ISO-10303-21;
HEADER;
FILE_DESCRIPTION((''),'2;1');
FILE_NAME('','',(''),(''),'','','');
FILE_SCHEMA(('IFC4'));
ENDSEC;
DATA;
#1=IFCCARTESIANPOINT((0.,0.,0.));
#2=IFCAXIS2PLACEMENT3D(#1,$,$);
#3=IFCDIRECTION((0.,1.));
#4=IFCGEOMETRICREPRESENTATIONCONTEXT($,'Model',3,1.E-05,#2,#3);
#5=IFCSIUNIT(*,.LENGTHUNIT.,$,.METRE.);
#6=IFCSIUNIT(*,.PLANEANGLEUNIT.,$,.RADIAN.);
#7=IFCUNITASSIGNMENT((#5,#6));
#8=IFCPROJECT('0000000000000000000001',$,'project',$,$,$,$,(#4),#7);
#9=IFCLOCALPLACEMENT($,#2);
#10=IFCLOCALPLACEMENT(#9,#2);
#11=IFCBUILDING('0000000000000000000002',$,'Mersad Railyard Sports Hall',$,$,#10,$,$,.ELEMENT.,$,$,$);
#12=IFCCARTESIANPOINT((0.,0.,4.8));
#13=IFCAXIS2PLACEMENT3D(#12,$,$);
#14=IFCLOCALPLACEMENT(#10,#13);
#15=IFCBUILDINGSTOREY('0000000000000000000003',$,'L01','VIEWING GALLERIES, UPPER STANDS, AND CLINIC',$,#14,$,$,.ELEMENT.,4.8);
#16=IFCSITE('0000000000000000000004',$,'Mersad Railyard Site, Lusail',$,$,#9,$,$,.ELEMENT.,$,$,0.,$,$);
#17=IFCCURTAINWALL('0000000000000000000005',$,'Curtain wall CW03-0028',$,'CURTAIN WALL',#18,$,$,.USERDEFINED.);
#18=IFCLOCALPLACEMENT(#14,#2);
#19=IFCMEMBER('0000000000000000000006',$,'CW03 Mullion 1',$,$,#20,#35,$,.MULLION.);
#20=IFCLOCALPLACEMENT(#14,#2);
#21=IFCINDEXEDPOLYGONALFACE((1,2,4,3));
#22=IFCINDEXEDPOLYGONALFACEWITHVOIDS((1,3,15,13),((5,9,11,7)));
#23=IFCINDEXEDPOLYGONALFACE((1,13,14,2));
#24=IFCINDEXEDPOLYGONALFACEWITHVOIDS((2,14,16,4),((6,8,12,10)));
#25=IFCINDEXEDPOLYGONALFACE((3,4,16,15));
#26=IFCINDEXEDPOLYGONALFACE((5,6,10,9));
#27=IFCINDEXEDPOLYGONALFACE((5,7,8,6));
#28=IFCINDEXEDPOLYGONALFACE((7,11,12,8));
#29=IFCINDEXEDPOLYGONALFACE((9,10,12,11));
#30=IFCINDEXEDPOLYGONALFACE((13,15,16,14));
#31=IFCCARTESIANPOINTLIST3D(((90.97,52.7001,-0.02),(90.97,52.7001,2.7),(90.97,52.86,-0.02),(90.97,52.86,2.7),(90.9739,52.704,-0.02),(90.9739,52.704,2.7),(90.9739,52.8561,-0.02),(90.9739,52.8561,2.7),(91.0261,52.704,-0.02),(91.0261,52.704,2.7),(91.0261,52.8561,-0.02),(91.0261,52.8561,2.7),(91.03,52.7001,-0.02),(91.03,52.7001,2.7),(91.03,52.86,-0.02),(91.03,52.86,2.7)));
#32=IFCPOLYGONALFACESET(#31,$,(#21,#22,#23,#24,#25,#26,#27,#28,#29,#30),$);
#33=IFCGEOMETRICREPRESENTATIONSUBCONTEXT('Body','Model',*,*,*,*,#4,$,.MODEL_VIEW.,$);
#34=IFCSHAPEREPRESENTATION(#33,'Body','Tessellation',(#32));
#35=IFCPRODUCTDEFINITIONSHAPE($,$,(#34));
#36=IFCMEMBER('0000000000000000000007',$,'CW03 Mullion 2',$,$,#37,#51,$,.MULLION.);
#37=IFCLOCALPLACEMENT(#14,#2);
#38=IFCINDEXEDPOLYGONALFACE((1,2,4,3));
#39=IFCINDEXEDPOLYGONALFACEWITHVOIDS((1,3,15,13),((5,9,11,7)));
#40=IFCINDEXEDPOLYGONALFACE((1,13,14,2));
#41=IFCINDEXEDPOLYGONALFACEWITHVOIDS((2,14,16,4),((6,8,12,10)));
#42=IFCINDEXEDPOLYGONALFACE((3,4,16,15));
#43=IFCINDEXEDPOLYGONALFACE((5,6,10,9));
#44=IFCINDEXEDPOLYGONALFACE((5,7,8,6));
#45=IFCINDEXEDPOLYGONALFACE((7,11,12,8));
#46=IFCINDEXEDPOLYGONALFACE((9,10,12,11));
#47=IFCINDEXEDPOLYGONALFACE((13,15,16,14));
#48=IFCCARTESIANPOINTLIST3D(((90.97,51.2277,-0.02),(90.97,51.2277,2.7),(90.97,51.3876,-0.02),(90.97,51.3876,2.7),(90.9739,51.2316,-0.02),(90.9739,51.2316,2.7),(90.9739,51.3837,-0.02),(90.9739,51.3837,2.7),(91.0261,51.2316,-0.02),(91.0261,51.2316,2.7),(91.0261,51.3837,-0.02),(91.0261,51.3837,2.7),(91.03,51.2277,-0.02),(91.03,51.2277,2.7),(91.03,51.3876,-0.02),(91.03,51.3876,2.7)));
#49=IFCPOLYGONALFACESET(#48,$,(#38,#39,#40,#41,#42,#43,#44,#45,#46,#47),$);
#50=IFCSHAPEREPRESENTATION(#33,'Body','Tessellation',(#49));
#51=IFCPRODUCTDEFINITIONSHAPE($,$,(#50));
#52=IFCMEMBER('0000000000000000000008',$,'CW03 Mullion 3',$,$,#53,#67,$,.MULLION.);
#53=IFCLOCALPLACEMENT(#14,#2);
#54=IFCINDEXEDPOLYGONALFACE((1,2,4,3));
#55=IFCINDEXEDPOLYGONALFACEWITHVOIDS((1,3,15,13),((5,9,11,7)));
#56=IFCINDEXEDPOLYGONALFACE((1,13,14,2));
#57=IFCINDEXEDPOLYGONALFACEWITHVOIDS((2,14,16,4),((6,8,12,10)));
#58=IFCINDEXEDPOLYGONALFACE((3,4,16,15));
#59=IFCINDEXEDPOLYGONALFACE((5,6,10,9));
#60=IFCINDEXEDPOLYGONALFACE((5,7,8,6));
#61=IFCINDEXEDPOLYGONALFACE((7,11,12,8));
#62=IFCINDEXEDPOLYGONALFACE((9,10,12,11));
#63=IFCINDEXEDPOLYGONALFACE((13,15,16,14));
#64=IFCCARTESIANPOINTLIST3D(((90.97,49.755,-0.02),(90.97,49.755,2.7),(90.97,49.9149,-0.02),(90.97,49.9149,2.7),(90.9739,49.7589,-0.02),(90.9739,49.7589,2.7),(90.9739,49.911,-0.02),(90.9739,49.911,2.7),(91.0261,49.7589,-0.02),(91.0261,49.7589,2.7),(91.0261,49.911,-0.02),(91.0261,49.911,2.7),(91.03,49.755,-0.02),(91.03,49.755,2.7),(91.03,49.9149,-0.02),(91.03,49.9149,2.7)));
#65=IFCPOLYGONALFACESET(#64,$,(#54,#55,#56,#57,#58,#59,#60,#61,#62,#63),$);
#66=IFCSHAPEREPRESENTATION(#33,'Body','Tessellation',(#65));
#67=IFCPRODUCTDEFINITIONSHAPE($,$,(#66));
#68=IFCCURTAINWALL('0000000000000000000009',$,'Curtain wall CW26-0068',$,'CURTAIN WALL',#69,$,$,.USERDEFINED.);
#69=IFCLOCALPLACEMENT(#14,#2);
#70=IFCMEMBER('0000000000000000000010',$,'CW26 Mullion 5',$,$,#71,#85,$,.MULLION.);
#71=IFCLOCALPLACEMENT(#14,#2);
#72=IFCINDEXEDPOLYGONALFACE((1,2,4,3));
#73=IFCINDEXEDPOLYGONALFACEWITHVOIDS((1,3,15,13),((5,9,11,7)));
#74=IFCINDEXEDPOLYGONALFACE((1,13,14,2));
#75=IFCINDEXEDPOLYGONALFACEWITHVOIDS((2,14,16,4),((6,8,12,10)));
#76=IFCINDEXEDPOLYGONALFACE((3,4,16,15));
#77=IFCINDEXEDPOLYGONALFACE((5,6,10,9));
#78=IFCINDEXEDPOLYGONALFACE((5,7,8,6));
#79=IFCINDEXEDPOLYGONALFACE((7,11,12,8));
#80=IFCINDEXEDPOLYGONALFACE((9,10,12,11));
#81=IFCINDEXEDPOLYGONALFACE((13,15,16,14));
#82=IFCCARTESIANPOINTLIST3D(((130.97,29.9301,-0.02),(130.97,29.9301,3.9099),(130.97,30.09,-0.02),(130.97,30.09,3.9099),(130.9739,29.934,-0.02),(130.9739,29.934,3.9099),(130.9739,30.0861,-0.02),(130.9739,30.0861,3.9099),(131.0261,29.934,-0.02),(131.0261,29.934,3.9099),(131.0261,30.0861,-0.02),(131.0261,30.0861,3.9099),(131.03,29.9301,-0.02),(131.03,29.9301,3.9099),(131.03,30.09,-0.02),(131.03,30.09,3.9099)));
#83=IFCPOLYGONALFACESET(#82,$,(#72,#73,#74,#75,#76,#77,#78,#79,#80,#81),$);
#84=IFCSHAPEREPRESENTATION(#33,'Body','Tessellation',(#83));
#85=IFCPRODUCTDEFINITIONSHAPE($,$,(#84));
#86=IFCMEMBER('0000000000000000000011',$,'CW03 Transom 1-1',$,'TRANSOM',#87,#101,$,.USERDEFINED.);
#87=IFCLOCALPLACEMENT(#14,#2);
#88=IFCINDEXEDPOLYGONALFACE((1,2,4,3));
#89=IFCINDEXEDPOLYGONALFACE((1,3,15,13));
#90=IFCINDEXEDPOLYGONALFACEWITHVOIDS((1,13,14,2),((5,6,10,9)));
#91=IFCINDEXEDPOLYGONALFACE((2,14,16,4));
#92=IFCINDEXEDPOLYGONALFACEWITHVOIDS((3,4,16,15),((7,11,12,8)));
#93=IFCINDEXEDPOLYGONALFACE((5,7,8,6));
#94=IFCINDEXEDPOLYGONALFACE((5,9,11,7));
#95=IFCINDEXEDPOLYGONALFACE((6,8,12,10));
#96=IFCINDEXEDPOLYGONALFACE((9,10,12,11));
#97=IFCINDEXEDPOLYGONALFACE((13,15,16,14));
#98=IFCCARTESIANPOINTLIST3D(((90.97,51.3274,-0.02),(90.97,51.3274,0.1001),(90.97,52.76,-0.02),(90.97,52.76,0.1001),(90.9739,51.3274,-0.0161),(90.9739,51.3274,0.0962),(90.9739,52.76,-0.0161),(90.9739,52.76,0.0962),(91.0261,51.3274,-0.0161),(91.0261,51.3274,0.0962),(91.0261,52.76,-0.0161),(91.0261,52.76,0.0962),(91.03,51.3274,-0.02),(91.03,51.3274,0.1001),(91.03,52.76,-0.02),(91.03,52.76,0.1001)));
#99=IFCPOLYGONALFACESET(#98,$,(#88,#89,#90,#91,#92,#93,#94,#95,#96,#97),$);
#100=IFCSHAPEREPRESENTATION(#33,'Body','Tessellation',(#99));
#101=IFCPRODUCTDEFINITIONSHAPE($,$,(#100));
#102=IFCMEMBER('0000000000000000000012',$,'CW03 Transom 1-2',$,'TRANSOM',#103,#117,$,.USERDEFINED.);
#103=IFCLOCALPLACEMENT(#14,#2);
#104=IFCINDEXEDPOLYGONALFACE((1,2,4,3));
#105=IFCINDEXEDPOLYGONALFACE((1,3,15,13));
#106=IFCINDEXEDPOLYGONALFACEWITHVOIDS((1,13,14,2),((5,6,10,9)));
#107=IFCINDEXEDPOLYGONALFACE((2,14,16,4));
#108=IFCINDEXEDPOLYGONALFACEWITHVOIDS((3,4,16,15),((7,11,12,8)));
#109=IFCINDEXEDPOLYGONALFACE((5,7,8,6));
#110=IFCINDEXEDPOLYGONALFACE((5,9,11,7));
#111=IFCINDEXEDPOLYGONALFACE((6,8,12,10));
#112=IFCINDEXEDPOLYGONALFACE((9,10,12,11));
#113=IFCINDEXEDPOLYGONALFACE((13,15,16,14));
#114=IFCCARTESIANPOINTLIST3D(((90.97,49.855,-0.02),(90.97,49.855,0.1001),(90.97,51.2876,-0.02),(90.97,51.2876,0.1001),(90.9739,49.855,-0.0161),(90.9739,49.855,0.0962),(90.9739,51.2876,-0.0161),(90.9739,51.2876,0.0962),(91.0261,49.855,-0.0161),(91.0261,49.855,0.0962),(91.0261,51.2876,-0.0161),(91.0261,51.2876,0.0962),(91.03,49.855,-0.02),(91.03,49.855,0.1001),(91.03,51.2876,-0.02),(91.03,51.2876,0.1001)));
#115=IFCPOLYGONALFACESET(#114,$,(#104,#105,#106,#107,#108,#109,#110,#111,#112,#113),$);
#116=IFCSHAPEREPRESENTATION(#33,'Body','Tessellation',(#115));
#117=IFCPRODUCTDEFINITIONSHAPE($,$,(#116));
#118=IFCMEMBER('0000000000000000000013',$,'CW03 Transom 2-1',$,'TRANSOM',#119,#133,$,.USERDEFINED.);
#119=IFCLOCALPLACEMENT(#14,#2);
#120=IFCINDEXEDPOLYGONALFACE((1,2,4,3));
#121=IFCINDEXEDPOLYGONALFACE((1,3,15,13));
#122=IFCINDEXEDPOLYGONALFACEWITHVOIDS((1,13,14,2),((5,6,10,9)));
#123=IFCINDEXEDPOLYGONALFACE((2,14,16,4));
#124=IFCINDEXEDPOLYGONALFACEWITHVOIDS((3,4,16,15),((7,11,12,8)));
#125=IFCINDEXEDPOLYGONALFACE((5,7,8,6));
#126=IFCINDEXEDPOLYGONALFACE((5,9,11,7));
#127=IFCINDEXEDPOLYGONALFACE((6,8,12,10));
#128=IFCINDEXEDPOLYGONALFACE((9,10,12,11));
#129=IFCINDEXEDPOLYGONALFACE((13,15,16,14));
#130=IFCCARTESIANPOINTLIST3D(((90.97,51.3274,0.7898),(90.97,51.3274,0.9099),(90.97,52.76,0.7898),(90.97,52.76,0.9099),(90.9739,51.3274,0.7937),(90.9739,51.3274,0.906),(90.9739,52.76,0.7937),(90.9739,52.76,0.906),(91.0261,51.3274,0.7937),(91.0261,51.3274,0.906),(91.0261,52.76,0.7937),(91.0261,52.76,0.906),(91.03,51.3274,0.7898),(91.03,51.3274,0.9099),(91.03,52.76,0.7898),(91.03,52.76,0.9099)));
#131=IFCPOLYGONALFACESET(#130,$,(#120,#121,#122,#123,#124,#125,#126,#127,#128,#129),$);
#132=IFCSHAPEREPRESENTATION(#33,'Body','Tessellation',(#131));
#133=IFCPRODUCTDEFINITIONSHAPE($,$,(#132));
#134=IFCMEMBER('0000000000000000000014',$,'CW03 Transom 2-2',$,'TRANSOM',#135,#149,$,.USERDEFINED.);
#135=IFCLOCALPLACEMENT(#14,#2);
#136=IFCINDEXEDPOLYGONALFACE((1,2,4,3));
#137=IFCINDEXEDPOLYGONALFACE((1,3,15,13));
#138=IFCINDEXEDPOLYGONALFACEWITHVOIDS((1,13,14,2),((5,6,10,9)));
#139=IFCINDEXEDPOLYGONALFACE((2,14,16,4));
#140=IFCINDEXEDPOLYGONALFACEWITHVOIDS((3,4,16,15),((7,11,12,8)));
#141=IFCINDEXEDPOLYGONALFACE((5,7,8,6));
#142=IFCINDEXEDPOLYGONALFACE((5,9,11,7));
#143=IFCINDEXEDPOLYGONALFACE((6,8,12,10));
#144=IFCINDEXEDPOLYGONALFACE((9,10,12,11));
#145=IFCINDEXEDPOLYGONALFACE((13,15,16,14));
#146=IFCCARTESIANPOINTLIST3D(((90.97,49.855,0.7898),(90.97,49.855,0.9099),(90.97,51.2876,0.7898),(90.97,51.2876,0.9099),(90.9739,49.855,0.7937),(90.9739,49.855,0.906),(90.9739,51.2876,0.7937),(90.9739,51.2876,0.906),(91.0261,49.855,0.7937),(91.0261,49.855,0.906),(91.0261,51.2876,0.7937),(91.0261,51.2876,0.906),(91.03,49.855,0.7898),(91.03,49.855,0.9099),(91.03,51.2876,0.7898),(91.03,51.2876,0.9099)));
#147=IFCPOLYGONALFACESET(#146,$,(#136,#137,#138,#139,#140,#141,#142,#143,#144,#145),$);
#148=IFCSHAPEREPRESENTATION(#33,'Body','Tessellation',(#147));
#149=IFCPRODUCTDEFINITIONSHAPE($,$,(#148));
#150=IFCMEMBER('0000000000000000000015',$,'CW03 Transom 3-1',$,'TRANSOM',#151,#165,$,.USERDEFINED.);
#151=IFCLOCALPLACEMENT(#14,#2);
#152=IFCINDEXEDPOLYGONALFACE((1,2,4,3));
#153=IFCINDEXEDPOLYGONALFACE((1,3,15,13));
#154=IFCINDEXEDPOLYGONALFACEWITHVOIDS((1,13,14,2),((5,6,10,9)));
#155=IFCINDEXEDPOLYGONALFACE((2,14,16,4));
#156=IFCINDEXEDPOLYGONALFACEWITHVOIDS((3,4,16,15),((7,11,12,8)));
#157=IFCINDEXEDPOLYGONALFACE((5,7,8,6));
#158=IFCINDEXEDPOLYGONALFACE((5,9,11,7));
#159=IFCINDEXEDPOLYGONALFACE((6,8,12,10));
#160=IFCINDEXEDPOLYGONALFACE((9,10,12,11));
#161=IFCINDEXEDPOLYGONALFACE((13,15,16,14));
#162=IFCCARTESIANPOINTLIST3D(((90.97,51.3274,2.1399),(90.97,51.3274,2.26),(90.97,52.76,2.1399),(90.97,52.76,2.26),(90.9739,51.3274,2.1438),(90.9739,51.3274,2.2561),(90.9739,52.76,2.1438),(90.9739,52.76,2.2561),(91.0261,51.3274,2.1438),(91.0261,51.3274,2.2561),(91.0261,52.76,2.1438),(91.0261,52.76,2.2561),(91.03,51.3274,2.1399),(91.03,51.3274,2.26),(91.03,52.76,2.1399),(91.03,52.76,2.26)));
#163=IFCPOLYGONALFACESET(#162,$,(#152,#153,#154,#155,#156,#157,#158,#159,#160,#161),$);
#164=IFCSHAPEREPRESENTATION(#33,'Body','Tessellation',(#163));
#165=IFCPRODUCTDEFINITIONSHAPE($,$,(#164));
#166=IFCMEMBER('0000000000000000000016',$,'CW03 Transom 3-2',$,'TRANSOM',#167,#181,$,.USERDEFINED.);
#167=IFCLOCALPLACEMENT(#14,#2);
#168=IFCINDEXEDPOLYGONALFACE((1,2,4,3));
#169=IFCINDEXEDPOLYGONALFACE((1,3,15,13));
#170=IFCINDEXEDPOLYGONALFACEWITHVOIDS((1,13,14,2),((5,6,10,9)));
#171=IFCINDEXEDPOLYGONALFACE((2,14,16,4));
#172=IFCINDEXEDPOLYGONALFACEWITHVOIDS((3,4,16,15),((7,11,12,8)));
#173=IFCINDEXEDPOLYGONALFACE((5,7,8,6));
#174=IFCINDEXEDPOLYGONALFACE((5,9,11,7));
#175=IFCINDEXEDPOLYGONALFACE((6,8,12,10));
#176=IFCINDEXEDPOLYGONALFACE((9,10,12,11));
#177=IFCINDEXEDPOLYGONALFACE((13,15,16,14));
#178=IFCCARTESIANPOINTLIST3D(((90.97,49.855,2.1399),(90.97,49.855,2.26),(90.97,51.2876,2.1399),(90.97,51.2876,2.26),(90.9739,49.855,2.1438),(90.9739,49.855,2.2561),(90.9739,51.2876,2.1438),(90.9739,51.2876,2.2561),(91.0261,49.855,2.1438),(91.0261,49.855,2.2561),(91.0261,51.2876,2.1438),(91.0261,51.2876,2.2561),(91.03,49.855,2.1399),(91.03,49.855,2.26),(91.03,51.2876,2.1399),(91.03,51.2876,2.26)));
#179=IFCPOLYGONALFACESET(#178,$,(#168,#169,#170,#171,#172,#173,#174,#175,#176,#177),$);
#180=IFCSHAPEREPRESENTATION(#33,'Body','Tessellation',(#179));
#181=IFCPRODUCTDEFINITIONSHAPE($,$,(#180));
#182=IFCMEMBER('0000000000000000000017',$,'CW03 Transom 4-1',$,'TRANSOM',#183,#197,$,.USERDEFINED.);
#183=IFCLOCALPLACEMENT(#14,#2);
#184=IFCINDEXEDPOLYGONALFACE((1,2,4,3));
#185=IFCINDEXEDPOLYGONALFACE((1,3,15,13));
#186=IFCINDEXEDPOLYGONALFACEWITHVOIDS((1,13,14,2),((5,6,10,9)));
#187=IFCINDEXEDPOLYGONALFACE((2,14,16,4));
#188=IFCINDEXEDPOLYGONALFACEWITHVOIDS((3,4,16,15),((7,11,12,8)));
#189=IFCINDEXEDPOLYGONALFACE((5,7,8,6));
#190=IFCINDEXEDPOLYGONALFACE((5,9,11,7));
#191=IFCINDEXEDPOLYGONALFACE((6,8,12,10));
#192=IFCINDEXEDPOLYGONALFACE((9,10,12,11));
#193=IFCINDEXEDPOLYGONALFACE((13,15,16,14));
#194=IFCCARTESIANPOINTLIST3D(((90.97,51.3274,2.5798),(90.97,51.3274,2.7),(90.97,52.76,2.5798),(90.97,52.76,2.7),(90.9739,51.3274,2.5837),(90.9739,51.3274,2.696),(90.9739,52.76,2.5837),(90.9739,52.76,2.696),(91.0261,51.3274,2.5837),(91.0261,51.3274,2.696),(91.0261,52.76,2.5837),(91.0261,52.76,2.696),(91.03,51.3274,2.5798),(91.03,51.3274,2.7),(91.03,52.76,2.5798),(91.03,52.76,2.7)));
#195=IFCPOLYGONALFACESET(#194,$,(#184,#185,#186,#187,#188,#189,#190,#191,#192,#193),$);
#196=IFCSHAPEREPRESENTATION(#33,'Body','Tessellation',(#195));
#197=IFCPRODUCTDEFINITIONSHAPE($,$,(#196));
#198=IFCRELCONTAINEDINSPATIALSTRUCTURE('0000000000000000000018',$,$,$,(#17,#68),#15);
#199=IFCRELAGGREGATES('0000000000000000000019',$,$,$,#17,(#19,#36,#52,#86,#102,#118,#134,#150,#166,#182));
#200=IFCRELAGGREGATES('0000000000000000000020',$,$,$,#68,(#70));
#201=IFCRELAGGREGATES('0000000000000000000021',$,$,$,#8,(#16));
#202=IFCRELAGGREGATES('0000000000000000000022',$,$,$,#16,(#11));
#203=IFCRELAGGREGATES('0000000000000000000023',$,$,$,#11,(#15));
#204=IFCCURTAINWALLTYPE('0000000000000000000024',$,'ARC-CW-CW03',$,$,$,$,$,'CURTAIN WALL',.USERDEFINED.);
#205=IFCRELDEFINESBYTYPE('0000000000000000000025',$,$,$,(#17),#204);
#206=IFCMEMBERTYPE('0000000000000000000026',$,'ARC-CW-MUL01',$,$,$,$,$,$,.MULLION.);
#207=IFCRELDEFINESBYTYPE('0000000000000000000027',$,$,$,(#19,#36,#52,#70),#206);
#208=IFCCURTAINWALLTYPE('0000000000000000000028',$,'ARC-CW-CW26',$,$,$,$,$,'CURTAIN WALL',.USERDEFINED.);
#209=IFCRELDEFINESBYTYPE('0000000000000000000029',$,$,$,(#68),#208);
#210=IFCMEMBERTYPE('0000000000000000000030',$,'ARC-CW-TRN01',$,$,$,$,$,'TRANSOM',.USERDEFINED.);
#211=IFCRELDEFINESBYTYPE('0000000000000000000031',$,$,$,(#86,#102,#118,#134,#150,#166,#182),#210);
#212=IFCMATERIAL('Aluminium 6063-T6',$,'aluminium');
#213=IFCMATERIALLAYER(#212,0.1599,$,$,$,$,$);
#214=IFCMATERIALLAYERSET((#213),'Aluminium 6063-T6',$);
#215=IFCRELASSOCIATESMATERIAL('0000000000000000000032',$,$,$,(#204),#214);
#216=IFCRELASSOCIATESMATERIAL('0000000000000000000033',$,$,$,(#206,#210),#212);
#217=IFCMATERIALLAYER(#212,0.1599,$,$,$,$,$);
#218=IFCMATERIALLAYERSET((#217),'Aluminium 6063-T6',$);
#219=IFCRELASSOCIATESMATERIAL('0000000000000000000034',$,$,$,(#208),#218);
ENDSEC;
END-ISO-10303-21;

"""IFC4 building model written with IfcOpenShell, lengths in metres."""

from ifc_helpers import new_model, si_unit, direction, frame, origin, origin_2d, place, context, subcontext, project, spatial, hollow_rectangle, extrude, material, layer, layer_set, material_profile, profile_set, type_object, element, aggregate, save


model = new_model("IFC4")

# Units and contexts
model_context = context("Model", 3, precision=1e-05, world=origin(), true_north=direction((0.0, 1.0)))
body_context = subcontext(model_context, "Body", "Model", "MODEL_VIEW")
ifc_project = project(units=[si_unit("LENGTHUNIT", "METRE"), si_unit("PLANEANGLEUNIT", "RADIAN")], contexts=[model_context])

# Site, building, storey
site_placement = place(None, origin())
site = spatial("IfcSite", under=ifc_project, at=site_placement, Name="Mersad Railyard Site, Lusail", CompositionType="ELEMENT", RefElevation=0.0)
building_placement = place(site_placement, origin())
building = spatial("IfcBuilding", under=site, at=building_placement, Name="Mersad Railyard Sports Hall", CompositionType="ELEMENT")
storey_placement = place(building_placement, frame((0.0, 0.0, 4.8)))
storey = spatial("IfcBuildingStorey", under=building, at=storey_placement, Name="L01", Description="VIEWING GALLERIES, UPPER STANDS, AND CLINIC", CompositionType="ELEMENT", Elevation=4.8)

# Curtain wall, members
ifc_material_1 = material(Name="Aluminium 6063-T6", Category="aluminium")
ifc_layer_1 = layer(ifc_material_1, 0.1599)
ifc_layer_set_1 = layer_set([ifc_layer_1], Name="Aluminium 6063-T6")
curtain_wall_type_1 = type_object("IfcCurtainWallType", Name="ARC-CW-CW03", ElementType="CURTAIN WALL", PredefinedType="USERDEFINED", material=ifc_layer_set_1)
curtain_wall_1_placement = place(storey_placement, origin())
curtain_wall_1 = element("IfcCurtainWall", 1, at=curtain_wall_1_placement, inside=storey, type_object=curtain_wall_type_1, Name="Curtain wall CW03-0028", ObjectType="CURTAIN WALL", PredefinedType="USERDEFINED")
ifc_material_profile_1 = material_profile(ifc_material_1, hollow_rectangle(XDim=0.0601, YDim=0.1599, WallThickness=0.0039, at=origin_2d()), Name="AL MULLION 60x160x4")
ifc_profile_set_1 = profile_set([ifc_material_profile_1], Name="Aluminium 6063-T6")
member_type_1 = type_object("IfcMemberType", Name="ARC-CW-MUL01", PredefinedType="MULLION", material=ifc_profile_set_1)
member_1_placement = place(storey_placement, frame((91.0, 52.78, -0.02), z_axis=(0.0, 0.0, 1.0), x_axis=(1.0, 0.0, 0.0)))
member_1 = element("IfcMember", 2, at=member_1_placement, type_object=member_type_1, Name="CW03 Mullion 1", PredefinedType="MULLION", context=body_context, shape_type="SweptSolid", body=[
    extrude(hollow_rectangle(XDim=0.0601, YDim=0.1599, WallThickness=0.0039, at=origin_2d()), origin(), (0.0, 0.0, 1.0), 2.72),
])
member_2_placement = place(storey_placement, frame((91.0, 51.3076, -0.02), z_axis=(0.0, 0.0, 1.0), x_axis=(1.0, 0.0, 0.0)))
member_2 = element("IfcMember", 3, at=member_2_placement, type_object=member_type_1, Name="CW03 Mullion 2", PredefinedType="MULLION", context=body_context, shape_type="SweptSolid", body=[
    extrude(hollow_rectangle(XDim=0.0601, YDim=0.1599, WallThickness=0.0039, at=origin_2d()), origin(), (0.0, 0.0, 1.0), 2.72),
])
member_3_placement = place(storey_placement, frame((91.0, 49.835, -0.02), z_axis=(0.0, 0.0, 1.0), x_axis=(1.0, 0.0, 0.0)))
member_3 = element("IfcMember", 4, at=member_3_placement, type_object=member_type_1, Name="CW03 Mullion 3", PredefinedType="MULLION", context=body_context, shape_type="SweptSolid", body=[
    extrude(hollow_rectangle(XDim=0.0601, YDim=0.1599, WallThickness=0.0039, at=origin_2d()), origin(), (0.0, 0.0, 1.0), 2.72),
])

# Curtain wall, member
ifc_layer_2 = layer(ifc_material_1, 0.1599)
ifc_layer_set_2 = layer_set([ifc_layer_2], Name="Aluminium 6063-T6")
curtain_wall_type_2 = type_object("IfcCurtainWallType", Name="ARC-CW-CW26", ElementType="CURTAIN WALL", PredefinedType="USERDEFINED", material=ifc_layer_set_2)
curtain_wall_2_placement = place(storey_placement, origin())
curtain_wall_2 = element("IfcCurtainWall", 5, at=curtain_wall_2_placement, inside=storey, type_object=curtain_wall_type_2, Name="Curtain wall CW26-0068", ObjectType="CURTAIN WALL", PredefinedType="USERDEFINED")
member_4_placement = place(storey_placement, frame((131.0, 30.01, -0.02), z_axis=(0.0, 0.0, 1.0), x_axis=(1.0, 0.0, 0.0)))
member_4 = element("IfcMember", 6, at=member_4_placement, type_object=member_type_1, Name="CW26 Mullion 5", PredefinedType="MULLION", context=body_context, shape_type="SweptSolid", body=[
    extrude(hollow_rectangle(XDim=0.0601, YDim=0.1599, WallThickness=0.0039, at=origin_2d()), origin(), (0.0, 0.0, 1.0), 3.9299),
])

# Members
ifc_material_profile_2 = material_profile(ifc_material_1, hollow_rectangle(XDim=0.0601, YDim=0.1201, WallThickness=0.0039, at=origin_2d()), Name="AL TRANSOM 60x120x4")
ifc_profile_set_2 = profile_set([ifc_material_profile_2], Name="Aluminium 6063-T6")
member_type_2 = type_object("IfcMemberType", Name="ARC-CW-TRN01", ElementType="TRANSOM", PredefinedType="USERDEFINED", material=ifc_profile_set_2)
member_5_placement = place(storey_placement, frame((91.0, 52.76, 0.04), z_axis=(0.0, -1.0, 0.0), x_axis=(1.0, 0.0, 0.0)))
member_5 = element("IfcMember", 7, at=member_5_placement, type_object=member_type_2, Name="CW03 Transom 1-1", ObjectType="TRANSOM", PredefinedType="USERDEFINED", context=body_context, shape_type="SweptSolid", body=[
    extrude(hollow_rectangle(XDim=0.0601, YDim=0.1201, WallThickness=0.0039, at=origin_2d()), origin(), (0.0, 0.0, 1.0), 1.4326),
])
member_6_placement = place(storey_placement, frame((91.0, 51.2876, 0.04), z_axis=(0.0, -1.0, 0.0), x_axis=(1.0, 0.0, 0.0)))
member_6 = element("IfcMember", 8, at=member_6_placement, type_object=member_type_2, Name="CW03 Transom 1-2", ObjectType="TRANSOM", PredefinedType="USERDEFINED", context=body_context, shape_type="SweptSolid", body=[
    extrude(hollow_rectangle(XDim=0.0601, YDim=0.1201, WallThickness=0.0039, at=origin_2d()), origin(), (0.0, 0.0, 1.0), 1.4326),
])
member_7_placement = place(storey_placement, frame((91.0, 52.76, 0.8499), z_axis=(0.0, -1.0, 0.0), x_axis=(1.0, 0.0, 0.0)))
member_7 = element("IfcMember", 9, at=member_7_placement, type_object=member_type_2, Name="CW03 Transom 2-1", ObjectType="TRANSOM", PredefinedType="USERDEFINED", context=body_context, shape_type="SweptSolid", body=[
    extrude(hollow_rectangle(XDim=0.0601, YDim=0.1201, WallThickness=0.0039, at=origin_2d()), origin(), (0.0, 0.0, 1.0), 1.4326),
])
member_8_placement = place(storey_placement, frame((91.0, 51.2876, 0.8499), z_axis=(0.0, -1.0, 0.0), x_axis=(1.0, 0.0, 0.0)))
member_8 = element("IfcMember", 10, at=member_8_placement, type_object=member_type_2, Name="CW03 Transom 2-2", ObjectType="TRANSOM", PredefinedType="USERDEFINED", context=body_context, shape_type="SweptSolid", body=[
    extrude(hollow_rectangle(XDim=0.0601, YDim=0.1201, WallThickness=0.0039, at=origin_2d()), origin(), (0.0, 0.0, 1.0), 1.4326),
])
member_9_placement = place(storey_placement, frame((91.0, 52.76, 2.2), z_axis=(0.0, -1.0, 0.0), x_axis=(1.0, 0.0, 0.0)))
member_9 = element("IfcMember", 11, at=member_9_placement, type_object=member_type_2, Name="CW03 Transom 3-1", ObjectType="TRANSOM", PredefinedType="USERDEFINED", context=body_context, shape_type="SweptSolid", body=[
    extrude(hollow_rectangle(XDim=0.0601, YDim=0.1201, WallThickness=0.0039, at=origin_2d()), origin(), (0.0, 0.0, 1.0), 1.4326),
])
member_10_placement = place(storey_placement, frame((91.0, 51.2876, 2.2), z_axis=(0.0, -1.0, 0.0), x_axis=(1.0, 0.0, 0.0)))
member_10 = element("IfcMember", 12, at=member_10_placement, type_object=member_type_2, Name="CW03 Transom 3-2", ObjectType="TRANSOM", PredefinedType="USERDEFINED", context=body_context, shape_type="SweptSolid", body=[
    extrude(hollow_rectangle(XDim=0.0601, YDim=0.1201, WallThickness=0.0039, at=origin_2d()), origin(), (0.0, 0.0, 1.0), 1.4326),
])
member_11_placement = place(storey_placement, frame((91.0, 52.76, 2.6399), z_axis=(0.0, -1.0, 0.0), x_axis=(1.0, 0.0, 0.0)))
member_11 = element("IfcMember", 13, at=member_11_placement, type_object=member_type_2, Name="CW03 Transom 4-1", ObjectType="TRANSOM", PredefinedType="USERDEFINED", context=body_context, shape_type="SweptSolid", body=[
    extrude(hollow_rectangle(XDim=0.0601, YDim=0.1201, WallThickness=0.0039, at=origin_2d()), origin(), (0.0, 0.0, 1.0), 1.4326),
])

aggregate(curtain_wall_1, [member_1, member_2, member_3, member_5, member_6, member_7, member_8, member_9, member_10, member_11])
aggregate(curtain_wall_2, [member_4])

save(model, "model.ifc")
